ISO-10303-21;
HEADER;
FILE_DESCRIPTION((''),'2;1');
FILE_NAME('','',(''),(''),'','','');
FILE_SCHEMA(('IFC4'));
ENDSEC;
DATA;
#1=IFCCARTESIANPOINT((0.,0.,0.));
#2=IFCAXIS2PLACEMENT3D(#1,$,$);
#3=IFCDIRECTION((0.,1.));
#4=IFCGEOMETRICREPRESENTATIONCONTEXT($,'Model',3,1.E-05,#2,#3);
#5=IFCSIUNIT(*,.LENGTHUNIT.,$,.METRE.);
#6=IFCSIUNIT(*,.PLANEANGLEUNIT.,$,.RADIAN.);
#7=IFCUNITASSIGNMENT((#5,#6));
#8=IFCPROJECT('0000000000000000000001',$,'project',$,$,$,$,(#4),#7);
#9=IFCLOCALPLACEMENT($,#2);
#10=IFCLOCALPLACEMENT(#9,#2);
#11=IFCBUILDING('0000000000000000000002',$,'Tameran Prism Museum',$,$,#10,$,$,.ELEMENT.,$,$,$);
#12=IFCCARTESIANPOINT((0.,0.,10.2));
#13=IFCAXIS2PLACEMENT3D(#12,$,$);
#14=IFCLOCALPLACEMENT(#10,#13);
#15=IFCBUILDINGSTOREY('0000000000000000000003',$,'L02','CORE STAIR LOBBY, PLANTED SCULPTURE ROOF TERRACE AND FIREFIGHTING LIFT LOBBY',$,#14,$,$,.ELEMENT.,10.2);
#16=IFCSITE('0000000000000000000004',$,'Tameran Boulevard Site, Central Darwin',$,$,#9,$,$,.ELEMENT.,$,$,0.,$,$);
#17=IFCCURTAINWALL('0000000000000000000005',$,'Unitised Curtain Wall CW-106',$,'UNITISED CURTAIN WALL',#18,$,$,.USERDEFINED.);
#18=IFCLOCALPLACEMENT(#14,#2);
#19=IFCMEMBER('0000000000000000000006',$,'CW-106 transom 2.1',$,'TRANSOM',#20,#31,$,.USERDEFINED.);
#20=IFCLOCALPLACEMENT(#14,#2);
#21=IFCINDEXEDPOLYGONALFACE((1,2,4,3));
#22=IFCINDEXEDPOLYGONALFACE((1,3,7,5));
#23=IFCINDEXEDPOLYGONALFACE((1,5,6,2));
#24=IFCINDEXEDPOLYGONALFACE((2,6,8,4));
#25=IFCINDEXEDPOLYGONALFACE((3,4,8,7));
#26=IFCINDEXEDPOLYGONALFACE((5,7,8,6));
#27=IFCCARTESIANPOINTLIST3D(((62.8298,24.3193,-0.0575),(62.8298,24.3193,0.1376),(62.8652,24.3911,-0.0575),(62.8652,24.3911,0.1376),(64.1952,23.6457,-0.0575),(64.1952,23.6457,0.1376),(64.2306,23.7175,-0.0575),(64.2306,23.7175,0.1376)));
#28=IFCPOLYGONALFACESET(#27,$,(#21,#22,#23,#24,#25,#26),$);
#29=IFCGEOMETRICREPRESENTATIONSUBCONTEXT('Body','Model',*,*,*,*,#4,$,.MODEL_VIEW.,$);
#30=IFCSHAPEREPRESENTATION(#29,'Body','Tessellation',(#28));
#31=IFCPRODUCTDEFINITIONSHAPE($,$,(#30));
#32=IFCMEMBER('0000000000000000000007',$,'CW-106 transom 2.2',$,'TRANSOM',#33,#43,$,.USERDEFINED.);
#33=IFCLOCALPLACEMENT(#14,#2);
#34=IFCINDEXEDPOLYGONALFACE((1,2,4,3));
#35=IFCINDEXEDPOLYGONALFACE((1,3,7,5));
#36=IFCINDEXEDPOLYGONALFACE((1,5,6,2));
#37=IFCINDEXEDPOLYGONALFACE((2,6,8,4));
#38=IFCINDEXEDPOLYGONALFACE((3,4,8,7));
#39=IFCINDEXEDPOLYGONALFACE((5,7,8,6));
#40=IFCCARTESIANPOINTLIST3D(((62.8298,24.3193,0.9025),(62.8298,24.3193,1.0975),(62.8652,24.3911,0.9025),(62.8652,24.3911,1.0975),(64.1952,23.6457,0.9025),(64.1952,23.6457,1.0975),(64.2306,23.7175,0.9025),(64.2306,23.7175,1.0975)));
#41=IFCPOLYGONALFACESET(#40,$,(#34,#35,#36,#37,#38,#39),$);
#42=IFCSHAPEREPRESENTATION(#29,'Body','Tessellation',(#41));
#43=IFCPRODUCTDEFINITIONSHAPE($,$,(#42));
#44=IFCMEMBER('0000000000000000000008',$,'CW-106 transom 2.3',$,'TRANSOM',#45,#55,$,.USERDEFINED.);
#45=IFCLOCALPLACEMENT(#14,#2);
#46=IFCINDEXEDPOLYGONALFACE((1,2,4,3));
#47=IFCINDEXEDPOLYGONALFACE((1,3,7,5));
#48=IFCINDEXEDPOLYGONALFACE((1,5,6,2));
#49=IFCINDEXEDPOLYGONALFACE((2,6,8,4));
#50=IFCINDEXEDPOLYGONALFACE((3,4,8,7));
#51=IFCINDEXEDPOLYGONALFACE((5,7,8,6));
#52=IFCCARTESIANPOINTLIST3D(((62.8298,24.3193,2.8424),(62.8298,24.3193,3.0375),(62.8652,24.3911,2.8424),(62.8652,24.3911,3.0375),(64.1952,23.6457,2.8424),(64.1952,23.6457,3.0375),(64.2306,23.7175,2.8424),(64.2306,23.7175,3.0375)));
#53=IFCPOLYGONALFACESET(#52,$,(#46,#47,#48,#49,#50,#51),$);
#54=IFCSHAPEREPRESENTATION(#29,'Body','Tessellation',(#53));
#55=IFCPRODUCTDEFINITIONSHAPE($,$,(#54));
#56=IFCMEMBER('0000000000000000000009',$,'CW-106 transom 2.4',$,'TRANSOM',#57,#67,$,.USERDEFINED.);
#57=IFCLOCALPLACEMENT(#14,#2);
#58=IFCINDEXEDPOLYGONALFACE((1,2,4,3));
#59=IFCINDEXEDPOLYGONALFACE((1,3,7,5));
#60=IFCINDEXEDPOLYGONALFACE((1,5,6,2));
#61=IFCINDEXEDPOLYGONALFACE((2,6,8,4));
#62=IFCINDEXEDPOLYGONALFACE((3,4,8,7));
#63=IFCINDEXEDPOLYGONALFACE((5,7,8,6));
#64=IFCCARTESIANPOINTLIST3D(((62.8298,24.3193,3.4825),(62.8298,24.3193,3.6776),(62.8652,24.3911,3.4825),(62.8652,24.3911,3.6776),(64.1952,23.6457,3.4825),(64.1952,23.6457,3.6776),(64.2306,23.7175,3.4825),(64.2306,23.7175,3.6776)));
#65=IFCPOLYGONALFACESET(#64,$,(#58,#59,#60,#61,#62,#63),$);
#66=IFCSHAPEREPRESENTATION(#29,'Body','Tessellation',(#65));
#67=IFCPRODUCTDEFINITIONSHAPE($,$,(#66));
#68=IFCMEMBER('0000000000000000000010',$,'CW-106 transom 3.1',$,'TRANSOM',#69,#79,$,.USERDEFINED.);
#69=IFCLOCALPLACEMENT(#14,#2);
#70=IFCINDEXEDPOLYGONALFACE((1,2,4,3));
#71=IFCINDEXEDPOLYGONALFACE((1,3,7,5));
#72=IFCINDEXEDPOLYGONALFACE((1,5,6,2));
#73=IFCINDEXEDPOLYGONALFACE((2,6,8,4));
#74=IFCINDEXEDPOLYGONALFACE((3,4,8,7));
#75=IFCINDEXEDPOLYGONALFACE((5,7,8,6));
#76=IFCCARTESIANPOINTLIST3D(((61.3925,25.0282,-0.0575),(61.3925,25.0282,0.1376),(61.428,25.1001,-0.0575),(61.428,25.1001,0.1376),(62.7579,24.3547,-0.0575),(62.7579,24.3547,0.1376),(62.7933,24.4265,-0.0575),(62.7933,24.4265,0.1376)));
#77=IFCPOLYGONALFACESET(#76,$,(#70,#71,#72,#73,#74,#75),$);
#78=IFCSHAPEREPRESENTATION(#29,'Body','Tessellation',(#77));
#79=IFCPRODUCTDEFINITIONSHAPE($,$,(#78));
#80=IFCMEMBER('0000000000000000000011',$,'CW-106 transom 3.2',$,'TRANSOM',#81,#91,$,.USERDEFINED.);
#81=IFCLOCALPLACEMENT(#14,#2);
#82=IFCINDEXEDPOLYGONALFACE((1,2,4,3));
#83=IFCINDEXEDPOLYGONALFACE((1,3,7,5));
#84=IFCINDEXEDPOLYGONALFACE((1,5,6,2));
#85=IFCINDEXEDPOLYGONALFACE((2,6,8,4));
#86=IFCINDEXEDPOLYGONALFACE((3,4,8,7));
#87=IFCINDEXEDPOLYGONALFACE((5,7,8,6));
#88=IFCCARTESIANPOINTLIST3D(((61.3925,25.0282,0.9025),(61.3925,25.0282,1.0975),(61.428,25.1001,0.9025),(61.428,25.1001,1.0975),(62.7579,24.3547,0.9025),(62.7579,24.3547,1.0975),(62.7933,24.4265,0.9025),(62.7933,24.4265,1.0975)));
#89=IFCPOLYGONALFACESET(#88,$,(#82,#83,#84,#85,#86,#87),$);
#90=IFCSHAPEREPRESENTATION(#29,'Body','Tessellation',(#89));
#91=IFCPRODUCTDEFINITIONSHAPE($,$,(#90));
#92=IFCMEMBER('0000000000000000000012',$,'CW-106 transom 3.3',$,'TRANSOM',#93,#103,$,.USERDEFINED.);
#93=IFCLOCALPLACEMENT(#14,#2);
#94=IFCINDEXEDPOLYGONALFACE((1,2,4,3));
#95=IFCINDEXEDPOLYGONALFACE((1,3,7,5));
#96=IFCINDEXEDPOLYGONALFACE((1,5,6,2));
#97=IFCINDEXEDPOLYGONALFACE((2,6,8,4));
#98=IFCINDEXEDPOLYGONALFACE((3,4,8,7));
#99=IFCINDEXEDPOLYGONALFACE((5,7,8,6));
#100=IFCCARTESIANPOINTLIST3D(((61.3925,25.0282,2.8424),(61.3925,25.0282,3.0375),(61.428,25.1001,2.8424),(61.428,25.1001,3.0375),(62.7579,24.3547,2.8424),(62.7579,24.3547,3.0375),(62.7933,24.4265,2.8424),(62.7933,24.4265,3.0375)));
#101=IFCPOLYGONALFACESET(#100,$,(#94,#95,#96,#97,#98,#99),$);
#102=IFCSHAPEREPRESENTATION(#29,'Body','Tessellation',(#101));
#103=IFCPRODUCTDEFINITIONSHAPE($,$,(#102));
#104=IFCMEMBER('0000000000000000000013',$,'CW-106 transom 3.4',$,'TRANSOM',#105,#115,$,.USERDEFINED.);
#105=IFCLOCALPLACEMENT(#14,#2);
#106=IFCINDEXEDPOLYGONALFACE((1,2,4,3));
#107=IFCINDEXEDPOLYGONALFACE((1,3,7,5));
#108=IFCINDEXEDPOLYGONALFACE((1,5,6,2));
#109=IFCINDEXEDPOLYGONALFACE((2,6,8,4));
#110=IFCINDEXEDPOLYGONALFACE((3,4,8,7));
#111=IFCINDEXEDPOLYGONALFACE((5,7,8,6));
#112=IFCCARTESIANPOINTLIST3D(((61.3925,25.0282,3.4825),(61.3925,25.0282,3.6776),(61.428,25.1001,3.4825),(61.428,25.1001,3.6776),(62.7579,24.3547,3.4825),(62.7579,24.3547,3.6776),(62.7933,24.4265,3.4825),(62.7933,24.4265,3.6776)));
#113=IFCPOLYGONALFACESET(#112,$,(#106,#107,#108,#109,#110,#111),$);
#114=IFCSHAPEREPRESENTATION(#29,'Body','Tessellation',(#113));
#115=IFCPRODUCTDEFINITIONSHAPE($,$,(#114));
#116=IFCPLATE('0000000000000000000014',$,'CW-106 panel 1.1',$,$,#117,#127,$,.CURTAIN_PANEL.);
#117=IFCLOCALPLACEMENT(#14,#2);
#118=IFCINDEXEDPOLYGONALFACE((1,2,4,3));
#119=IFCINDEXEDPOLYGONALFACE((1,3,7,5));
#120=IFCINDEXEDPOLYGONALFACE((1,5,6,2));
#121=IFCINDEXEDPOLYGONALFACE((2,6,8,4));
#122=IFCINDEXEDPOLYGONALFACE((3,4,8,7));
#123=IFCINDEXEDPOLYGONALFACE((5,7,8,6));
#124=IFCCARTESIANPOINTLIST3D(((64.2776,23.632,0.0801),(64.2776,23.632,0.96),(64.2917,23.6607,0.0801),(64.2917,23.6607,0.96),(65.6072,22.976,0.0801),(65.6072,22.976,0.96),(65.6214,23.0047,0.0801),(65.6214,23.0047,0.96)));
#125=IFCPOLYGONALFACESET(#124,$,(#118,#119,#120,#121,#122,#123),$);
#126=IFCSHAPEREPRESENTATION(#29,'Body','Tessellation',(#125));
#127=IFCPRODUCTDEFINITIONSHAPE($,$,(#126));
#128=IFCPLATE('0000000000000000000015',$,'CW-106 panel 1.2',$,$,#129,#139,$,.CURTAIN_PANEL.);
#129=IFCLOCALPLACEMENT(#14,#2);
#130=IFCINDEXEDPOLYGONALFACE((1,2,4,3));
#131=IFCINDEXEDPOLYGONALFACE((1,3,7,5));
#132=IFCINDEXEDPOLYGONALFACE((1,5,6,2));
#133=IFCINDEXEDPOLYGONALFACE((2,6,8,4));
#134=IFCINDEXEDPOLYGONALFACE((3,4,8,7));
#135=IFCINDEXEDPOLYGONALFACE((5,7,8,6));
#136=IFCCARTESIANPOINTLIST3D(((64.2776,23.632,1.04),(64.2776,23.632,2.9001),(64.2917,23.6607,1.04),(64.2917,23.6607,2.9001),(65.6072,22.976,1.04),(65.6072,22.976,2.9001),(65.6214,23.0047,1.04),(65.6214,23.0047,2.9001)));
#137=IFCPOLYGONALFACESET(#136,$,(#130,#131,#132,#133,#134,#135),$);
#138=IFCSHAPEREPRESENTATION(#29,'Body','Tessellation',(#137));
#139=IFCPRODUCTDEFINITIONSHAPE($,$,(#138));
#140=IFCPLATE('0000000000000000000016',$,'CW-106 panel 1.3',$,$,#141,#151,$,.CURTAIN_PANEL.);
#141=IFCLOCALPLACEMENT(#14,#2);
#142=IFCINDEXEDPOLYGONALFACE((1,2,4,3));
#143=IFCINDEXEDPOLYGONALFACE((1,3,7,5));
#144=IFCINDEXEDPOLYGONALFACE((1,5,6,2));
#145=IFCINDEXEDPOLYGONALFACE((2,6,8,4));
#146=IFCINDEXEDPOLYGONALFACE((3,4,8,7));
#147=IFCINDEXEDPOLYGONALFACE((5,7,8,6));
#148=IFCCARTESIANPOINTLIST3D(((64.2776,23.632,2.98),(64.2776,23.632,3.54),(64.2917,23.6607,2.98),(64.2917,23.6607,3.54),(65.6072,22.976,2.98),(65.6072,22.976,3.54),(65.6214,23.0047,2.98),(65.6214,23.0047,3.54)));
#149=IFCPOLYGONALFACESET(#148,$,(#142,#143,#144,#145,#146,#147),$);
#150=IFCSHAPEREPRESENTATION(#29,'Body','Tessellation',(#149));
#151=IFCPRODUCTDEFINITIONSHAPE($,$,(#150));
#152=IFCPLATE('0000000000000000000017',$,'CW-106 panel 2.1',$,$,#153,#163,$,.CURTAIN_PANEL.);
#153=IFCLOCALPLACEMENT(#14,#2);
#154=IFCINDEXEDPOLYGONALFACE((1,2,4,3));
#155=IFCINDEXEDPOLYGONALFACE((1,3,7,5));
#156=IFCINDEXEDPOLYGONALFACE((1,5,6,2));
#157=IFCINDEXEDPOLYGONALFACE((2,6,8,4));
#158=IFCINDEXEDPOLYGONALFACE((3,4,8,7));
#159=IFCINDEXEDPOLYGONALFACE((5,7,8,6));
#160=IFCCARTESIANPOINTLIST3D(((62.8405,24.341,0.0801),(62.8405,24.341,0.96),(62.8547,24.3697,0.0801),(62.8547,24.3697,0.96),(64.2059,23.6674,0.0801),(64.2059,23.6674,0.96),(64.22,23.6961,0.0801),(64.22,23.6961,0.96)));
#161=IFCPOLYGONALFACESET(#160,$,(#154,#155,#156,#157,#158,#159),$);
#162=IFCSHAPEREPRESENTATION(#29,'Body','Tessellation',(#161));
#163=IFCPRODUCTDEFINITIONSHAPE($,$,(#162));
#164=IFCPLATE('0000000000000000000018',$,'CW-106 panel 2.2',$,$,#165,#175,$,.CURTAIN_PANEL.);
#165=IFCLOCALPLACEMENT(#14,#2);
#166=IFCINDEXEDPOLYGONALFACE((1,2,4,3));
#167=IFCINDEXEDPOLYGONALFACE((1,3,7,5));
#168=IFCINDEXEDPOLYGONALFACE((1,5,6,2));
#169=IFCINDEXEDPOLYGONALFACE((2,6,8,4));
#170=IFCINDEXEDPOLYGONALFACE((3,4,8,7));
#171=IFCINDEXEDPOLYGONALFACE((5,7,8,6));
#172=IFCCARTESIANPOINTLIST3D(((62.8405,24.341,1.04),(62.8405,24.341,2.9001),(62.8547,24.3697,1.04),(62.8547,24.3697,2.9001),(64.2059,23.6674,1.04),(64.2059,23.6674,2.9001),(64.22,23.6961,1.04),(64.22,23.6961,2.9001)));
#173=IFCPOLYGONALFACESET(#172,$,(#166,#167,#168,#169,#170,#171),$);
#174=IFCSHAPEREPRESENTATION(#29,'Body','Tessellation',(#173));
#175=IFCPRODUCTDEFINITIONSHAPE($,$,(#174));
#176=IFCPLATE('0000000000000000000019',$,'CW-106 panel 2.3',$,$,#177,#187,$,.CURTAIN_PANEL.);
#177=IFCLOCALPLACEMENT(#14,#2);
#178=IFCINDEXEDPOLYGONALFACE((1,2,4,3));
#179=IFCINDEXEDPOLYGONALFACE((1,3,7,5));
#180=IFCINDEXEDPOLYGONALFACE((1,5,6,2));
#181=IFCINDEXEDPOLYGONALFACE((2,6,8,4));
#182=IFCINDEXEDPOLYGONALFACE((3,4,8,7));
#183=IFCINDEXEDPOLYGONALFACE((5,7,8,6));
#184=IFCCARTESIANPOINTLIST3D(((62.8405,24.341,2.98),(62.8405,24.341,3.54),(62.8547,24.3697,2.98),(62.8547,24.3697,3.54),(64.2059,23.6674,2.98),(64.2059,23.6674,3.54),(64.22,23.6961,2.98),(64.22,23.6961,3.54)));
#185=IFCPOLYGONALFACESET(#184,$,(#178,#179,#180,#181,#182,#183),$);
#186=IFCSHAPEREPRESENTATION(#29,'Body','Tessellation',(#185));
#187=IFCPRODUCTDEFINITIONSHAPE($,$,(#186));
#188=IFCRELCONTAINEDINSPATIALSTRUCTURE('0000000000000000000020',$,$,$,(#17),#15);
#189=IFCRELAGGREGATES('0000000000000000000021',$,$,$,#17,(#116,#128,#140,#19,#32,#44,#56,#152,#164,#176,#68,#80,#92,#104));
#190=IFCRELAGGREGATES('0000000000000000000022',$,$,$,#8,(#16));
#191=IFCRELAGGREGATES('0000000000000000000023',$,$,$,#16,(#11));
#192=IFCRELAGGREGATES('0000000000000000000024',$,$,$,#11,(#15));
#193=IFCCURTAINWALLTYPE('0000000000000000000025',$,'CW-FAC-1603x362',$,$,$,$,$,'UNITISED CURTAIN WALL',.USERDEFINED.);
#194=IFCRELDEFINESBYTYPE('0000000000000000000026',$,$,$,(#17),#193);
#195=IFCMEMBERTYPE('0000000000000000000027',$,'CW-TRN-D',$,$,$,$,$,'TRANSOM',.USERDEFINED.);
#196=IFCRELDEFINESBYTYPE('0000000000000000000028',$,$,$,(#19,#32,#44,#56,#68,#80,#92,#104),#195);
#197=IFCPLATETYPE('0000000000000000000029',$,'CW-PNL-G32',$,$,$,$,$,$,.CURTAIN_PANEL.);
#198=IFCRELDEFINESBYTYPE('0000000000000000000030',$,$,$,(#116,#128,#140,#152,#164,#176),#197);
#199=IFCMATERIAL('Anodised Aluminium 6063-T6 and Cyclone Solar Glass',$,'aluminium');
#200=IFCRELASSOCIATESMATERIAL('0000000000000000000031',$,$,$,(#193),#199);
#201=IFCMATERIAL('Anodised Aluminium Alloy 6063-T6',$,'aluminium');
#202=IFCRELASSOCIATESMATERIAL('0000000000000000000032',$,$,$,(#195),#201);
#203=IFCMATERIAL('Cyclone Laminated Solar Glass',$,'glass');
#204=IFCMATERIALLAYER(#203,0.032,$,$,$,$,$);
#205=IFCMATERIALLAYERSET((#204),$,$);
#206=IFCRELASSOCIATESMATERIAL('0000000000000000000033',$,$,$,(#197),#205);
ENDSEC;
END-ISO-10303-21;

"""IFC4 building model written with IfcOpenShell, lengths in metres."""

from ifc_helpers import new_model, si_unit, direction, frame, origin, origin_2d, place, context, subcontext, project, spatial, rectangle, extrude, material, layer, layer_set, material_profile, profile_set, type_object, element, aggregate, save


model = new_model("IFC4")

# Units and contexts
model_context = context("Model", 3, precision=1e-05, world=origin(), true_north=direction((0.0, 1.0)))
body_context = subcontext(model_context, "Body", "Model", "MODEL_VIEW")
ifc_project = project(units=[si_unit("LENGTHUNIT", "METRE"), si_unit("PLANEANGLEUNIT", "RADIAN")], contexts=[model_context])

# Site, building, storey
site_placement = place(None, origin())
site = spatial("IfcSite", under=ifc_project, at=site_placement, Name="Tameran Boulevard Site, Central Darwin", CompositionType="ELEMENT", RefElevation=0.0)
building_placement = place(site_placement, origin())
building = spatial("IfcBuilding", under=site, at=building_placement, Name="Tameran Prism Museum", CompositionType="ELEMENT")
storey_placement = place(building_placement, frame((0.0, 0.0, 10.2)))
storey = spatial("IfcBuildingStorey", under=building, at=storey_placement, Name="L02", Description="CORE STAIR LOBBY, PLANTED SCULPTURE ROOF TERRACE AND FIREFIGHTING LIFT LOBBY", CompositionType="ELEMENT", Elevation=10.2)

# Curtain wall, members, plates
ifc_material_1 = material(Name="Anodised Aluminium 6063-T6 and Cyclone Solar Glass", Category="aluminium")
curtain_wall_type = type_object("IfcCurtainWallType", Name="CW-FAC-1603x362", ElementType="UNITISED CURTAIN WALL", PredefinedType="USERDEFINED", material=ifc_material_1)
curtain_wall_placement = place(storey_placement, origin())
curtain_wall = element("IfcCurtainWall", 1, at=curtain_wall_placement, inside=storey, type_object=curtain_wall_type, Name="Unitised Curtain Wall CW-106", ObjectType="UNITISED CURTAIN WALL", PredefinedType="USERDEFINED")
ifc_material_2 = material(Name="Anodised Aluminium Alloy 6063-T6", Category="aluminium")
ifc_material_profile_1 = material_profile(ifc_material_2, rectangle(XDim=0.0801, YDim=0.1951, at=origin_2d()))
ifc_profile_set_1 = profile_set([ifc_material_profile_1])
member_type_1 = type_object("IfcMemberType", Name="CW-TRN-D", ElementType="TRANSOM", PredefinedType="USERDEFINED", material=ifc_profile_set_1)
member_1_placement = place(storey_placement, frame((64.2129, 23.6816, 0.04), z_axis=(-0.896819, 0.442397, 0.0), x_axis=(-0.442397, -0.896819, 0.0)))
member_1 = element("IfcMember", 2, at=member_1_placement, type_object=member_type_1, Name="CW-106 transom 2.1", ObjectType="TRANSOM", PredefinedType="USERDEFINED", context=body_context, shape_type="SweptSolid", body=[
    extrude(rectangle(XDim=0.0801, YDim=0.1951, at=origin_2d()), origin(), (0.0, 0.0, 1.0), 1.5225),
])
member_2_placement = place(storey_placement, frame((64.2129, 23.6816, 1.0), z_axis=(-0.896819, 0.442397, 0.0), x_axis=(-0.442397, -0.896819, 0.0)))
member_2 = element("IfcMember", 3, at=member_2_placement, type_object=member_type_1, Name="CW-106 transom 2.2", ObjectType="TRANSOM", PredefinedType="USERDEFINED", context=body_context, shape_type="SweptSolid", body=[
    extrude(rectangle(XDim=0.0801, YDim=0.1951, at=origin_2d()), origin(), (0.0, 0.0, 1.0), 1.5225),
])
member_3_placement = place(storey_placement, frame((64.2129, 23.6816, 2.9399), z_axis=(-0.896819, 0.442397, 0.0), x_axis=(-0.442397, -0.896819, 0.0)))
member_3 = element("IfcMember", 4, at=member_3_placement, type_object=member_type_1, Name="CW-106 transom 2.3", ObjectType="TRANSOM", PredefinedType="USERDEFINED", context=body_context, shape_type="SweptSolid", body=[
    extrude(rectangle(XDim=0.0801, YDim=0.1951, at=origin_2d()), origin(), (0.0, 0.0, 1.0), 1.5225),
])
member_4_placement = place(storey_placement, frame((64.2129, 23.6816, 3.5801), z_axis=(-0.896819, 0.442397, 0.0), x_axis=(-0.442397, -0.896819, 0.0)))
member_4 = element("IfcMember", 5, at=member_4_placement, type_object=member_type_1, Name="CW-106 transom 2.4", ObjectType="TRANSOM", PredefinedType="USERDEFINED", context=body_context, shape_type="SweptSolid", body=[
    extrude(rectangle(XDim=0.0801, YDim=0.1951, at=origin_2d()), origin(), (0.0, 0.0, 1.0), 1.5225),
])
member_5_placement = place(storey_placement, frame((62.7756, 24.3906, 0.04), z_axis=(-0.896819, 0.442397, 0.0), x_axis=(-0.442397, -0.896819, 0.0)))
member_5 = element("IfcMember", 6, at=member_5_placement, type_object=member_type_1, Name="CW-106 transom 3.1", ObjectType="TRANSOM", PredefinedType="USERDEFINED", context=body_context, shape_type="SweptSolid", body=[
    extrude(rectangle(XDim=0.0801, YDim=0.1951, at=origin_2d()), origin(), (0.0, 0.0, 1.0), 1.5225),
])
member_6_placement = place(storey_placement, frame((62.7756, 24.3906, 1.0), z_axis=(-0.896819, 0.442397, 0.0), x_axis=(-0.442397, -0.896819, 0.0)))
member_6 = element("IfcMember", 7, at=member_6_placement, type_object=member_type_1, Name="CW-106 transom 3.2", ObjectType="TRANSOM", PredefinedType="USERDEFINED", context=body_context, shape_type="SweptSolid", body=[
    extrude(rectangle(XDim=0.0801, YDim=0.1951, at=origin_2d()), origin(), (0.0, 0.0, 1.0), 1.5225),
])
member_7_placement = place(storey_placement, frame((62.7756, 24.3906, 2.9399), z_axis=(-0.896819, 0.442397, 0.0), x_axis=(-0.442397, -0.896819, 0.0)))
member_7 = element("IfcMember", 8, at=member_7_placement, type_object=member_type_1, Name="CW-106 transom 3.3", ObjectType="TRANSOM", PredefinedType="USERDEFINED", context=body_context, shape_type="SweptSolid", body=[
    extrude(rectangle(XDim=0.0801, YDim=0.1951, at=origin_2d()), origin(), (0.0, 0.0, 1.0), 1.5225),
])
member_8_placement = place(storey_placement, frame((62.7756, 24.3906, 3.5801), z_axis=(-0.896819, 0.442397, 0.0), x_axis=(-0.442397, -0.896819, 0.0)))
member_8 = element("IfcMember", 9, at=member_8_placement, type_object=member_type_1, Name="CW-106 transom 3.4", ObjectType="TRANSOM", PredefinedType="USERDEFINED", context=body_context, shape_type="SweptSolid", body=[
    extrude(rectangle(XDim=0.0801, YDim=0.1951, at=origin_2d()), origin(), (0.0, 0.0, 1.0), 1.5225),
])
ifc_material_3 = material(Name="Cyclone Laminated Solar Glass", Category="glass")
ifc_layer_1 = layer(ifc_material_3, 0.032)
ifc_layer_set_1 = layer_set([ifc_layer_1])
plate_type = type_object("IfcPlateType", Name="CW-PNL-G32", PredefinedType="CURTAIN_PANEL", material=ifc_layer_set_1)
plate_1_placement = place(storey_placement, frame((64.9495, 23.3184, 0.0801), z_axis=(0.0, 0.0, 1.0), x_axis=(-0.896811, 0.442415, 0.0)))
plate_1 = element("IfcPlate", 10, at=plate_1_placement, type_object=plate_type, Name="CW-106 panel 1.1", PredefinedType="CURTAIN_PANEL", context=body_context, shape_type="SweptSolid", body=[
    extrude(rectangle(XDim=1.4827, YDim=0.032, at=origin_2d()), origin(), (0.0, 0.0, 1.0), 0.8799),
])
plate_2_placement = place(storey_placement, frame((64.9495, 23.3184, 1.04), z_axis=(0.0, 0.0, 1.0), x_axis=(-0.896811, 0.442415, 0.0)))
plate_2 = element("IfcPlate", 11, at=plate_2_placement, type_object=plate_type, Name="CW-106 panel 1.2", PredefinedType="CURTAIN_PANEL", context=body_context, shape_type="SweptSolid", body=[
    extrude(rectangle(XDim=1.4827, YDim=0.032, at=origin_2d()), origin(), (0.0, 0.0, 1.0), 1.8601),
])
plate_3_placement = place(storey_placement, frame((64.9495, 23.3184, 2.98), z_axis=(0.0, 0.0, 1.0), x_axis=(-0.896811, 0.442415, 0.0)))
plate_3 = element("IfcPlate", 12, at=plate_3_placement, type_object=plate_type, Name="CW-106 panel 1.3", PredefinedType="CURTAIN_PANEL", context=body_context, shape_type="SweptSolid", body=[
    extrude(rectangle(XDim=1.4827, YDim=0.032, at=origin_2d()), origin(), (0.0, 0.0, 1.0), 0.5601),
])
plate_4_placement = place(storey_placement, frame((63.5303, 24.0186, 0.0801), z_axis=(0.0, 0.0, 1.0), x_axis=(-0.896811, 0.442415, 0.0)))
plate_4 = element("IfcPlate", 13, at=plate_4_placement, type_object=plate_type, Name="CW-106 panel 2.1", PredefinedType="CURTAIN_PANEL", context=body_context, shape_type="SweptSolid", body=[
    extrude(rectangle(XDim=1.5225, YDim=0.032, at=origin_2d()), origin(), (0.0, 0.0, 1.0), 0.8799),
])
plate_5_placement = place(storey_placement, frame((63.5303, 24.0186, 1.04), z_axis=(0.0, 0.0, 1.0), x_axis=(-0.896811, 0.442415, 0.0)))
plate_5 = element("IfcPlate", 14, at=plate_5_placement, type_object=plate_type, Name="CW-106 panel 2.2", PredefinedType="CURTAIN_PANEL", context=body_context, shape_type="SweptSolid", body=[
    extrude(rectangle(XDim=1.5225, YDim=0.032, at=origin_2d()), origin(), (0.0, 0.0, 1.0), 1.8601),
])
plate_6_placement = place(storey_placement, frame((63.5303, 24.0186, 2.98), z_axis=(0.0, 0.0, 1.0), x_axis=(-0.896811, 0.442415, 0.0)))
plate_6 = element("IfcPlate", 15, at=plate_6_placement, type_object=plate_type, Name="CW-106 panel 2.3", PredefinedType="CURTAIN_PANEL", context=body_context, shape_type="SweptSolid", body=[
    extrude(rectangle(XDim=1.5225, YDim=0.032, at=origin_2d()), origin(), (0.0, 0.0, 1.0), 0.5601),
])
aggregate(curtain_wall, [plate_1, plate_2, plate_3, member_1, member_2, member_3, member_4, plate_4, plate_5, plate_6, member_5, member_6, member_7, member_8])

save(model, "model.ifc")
